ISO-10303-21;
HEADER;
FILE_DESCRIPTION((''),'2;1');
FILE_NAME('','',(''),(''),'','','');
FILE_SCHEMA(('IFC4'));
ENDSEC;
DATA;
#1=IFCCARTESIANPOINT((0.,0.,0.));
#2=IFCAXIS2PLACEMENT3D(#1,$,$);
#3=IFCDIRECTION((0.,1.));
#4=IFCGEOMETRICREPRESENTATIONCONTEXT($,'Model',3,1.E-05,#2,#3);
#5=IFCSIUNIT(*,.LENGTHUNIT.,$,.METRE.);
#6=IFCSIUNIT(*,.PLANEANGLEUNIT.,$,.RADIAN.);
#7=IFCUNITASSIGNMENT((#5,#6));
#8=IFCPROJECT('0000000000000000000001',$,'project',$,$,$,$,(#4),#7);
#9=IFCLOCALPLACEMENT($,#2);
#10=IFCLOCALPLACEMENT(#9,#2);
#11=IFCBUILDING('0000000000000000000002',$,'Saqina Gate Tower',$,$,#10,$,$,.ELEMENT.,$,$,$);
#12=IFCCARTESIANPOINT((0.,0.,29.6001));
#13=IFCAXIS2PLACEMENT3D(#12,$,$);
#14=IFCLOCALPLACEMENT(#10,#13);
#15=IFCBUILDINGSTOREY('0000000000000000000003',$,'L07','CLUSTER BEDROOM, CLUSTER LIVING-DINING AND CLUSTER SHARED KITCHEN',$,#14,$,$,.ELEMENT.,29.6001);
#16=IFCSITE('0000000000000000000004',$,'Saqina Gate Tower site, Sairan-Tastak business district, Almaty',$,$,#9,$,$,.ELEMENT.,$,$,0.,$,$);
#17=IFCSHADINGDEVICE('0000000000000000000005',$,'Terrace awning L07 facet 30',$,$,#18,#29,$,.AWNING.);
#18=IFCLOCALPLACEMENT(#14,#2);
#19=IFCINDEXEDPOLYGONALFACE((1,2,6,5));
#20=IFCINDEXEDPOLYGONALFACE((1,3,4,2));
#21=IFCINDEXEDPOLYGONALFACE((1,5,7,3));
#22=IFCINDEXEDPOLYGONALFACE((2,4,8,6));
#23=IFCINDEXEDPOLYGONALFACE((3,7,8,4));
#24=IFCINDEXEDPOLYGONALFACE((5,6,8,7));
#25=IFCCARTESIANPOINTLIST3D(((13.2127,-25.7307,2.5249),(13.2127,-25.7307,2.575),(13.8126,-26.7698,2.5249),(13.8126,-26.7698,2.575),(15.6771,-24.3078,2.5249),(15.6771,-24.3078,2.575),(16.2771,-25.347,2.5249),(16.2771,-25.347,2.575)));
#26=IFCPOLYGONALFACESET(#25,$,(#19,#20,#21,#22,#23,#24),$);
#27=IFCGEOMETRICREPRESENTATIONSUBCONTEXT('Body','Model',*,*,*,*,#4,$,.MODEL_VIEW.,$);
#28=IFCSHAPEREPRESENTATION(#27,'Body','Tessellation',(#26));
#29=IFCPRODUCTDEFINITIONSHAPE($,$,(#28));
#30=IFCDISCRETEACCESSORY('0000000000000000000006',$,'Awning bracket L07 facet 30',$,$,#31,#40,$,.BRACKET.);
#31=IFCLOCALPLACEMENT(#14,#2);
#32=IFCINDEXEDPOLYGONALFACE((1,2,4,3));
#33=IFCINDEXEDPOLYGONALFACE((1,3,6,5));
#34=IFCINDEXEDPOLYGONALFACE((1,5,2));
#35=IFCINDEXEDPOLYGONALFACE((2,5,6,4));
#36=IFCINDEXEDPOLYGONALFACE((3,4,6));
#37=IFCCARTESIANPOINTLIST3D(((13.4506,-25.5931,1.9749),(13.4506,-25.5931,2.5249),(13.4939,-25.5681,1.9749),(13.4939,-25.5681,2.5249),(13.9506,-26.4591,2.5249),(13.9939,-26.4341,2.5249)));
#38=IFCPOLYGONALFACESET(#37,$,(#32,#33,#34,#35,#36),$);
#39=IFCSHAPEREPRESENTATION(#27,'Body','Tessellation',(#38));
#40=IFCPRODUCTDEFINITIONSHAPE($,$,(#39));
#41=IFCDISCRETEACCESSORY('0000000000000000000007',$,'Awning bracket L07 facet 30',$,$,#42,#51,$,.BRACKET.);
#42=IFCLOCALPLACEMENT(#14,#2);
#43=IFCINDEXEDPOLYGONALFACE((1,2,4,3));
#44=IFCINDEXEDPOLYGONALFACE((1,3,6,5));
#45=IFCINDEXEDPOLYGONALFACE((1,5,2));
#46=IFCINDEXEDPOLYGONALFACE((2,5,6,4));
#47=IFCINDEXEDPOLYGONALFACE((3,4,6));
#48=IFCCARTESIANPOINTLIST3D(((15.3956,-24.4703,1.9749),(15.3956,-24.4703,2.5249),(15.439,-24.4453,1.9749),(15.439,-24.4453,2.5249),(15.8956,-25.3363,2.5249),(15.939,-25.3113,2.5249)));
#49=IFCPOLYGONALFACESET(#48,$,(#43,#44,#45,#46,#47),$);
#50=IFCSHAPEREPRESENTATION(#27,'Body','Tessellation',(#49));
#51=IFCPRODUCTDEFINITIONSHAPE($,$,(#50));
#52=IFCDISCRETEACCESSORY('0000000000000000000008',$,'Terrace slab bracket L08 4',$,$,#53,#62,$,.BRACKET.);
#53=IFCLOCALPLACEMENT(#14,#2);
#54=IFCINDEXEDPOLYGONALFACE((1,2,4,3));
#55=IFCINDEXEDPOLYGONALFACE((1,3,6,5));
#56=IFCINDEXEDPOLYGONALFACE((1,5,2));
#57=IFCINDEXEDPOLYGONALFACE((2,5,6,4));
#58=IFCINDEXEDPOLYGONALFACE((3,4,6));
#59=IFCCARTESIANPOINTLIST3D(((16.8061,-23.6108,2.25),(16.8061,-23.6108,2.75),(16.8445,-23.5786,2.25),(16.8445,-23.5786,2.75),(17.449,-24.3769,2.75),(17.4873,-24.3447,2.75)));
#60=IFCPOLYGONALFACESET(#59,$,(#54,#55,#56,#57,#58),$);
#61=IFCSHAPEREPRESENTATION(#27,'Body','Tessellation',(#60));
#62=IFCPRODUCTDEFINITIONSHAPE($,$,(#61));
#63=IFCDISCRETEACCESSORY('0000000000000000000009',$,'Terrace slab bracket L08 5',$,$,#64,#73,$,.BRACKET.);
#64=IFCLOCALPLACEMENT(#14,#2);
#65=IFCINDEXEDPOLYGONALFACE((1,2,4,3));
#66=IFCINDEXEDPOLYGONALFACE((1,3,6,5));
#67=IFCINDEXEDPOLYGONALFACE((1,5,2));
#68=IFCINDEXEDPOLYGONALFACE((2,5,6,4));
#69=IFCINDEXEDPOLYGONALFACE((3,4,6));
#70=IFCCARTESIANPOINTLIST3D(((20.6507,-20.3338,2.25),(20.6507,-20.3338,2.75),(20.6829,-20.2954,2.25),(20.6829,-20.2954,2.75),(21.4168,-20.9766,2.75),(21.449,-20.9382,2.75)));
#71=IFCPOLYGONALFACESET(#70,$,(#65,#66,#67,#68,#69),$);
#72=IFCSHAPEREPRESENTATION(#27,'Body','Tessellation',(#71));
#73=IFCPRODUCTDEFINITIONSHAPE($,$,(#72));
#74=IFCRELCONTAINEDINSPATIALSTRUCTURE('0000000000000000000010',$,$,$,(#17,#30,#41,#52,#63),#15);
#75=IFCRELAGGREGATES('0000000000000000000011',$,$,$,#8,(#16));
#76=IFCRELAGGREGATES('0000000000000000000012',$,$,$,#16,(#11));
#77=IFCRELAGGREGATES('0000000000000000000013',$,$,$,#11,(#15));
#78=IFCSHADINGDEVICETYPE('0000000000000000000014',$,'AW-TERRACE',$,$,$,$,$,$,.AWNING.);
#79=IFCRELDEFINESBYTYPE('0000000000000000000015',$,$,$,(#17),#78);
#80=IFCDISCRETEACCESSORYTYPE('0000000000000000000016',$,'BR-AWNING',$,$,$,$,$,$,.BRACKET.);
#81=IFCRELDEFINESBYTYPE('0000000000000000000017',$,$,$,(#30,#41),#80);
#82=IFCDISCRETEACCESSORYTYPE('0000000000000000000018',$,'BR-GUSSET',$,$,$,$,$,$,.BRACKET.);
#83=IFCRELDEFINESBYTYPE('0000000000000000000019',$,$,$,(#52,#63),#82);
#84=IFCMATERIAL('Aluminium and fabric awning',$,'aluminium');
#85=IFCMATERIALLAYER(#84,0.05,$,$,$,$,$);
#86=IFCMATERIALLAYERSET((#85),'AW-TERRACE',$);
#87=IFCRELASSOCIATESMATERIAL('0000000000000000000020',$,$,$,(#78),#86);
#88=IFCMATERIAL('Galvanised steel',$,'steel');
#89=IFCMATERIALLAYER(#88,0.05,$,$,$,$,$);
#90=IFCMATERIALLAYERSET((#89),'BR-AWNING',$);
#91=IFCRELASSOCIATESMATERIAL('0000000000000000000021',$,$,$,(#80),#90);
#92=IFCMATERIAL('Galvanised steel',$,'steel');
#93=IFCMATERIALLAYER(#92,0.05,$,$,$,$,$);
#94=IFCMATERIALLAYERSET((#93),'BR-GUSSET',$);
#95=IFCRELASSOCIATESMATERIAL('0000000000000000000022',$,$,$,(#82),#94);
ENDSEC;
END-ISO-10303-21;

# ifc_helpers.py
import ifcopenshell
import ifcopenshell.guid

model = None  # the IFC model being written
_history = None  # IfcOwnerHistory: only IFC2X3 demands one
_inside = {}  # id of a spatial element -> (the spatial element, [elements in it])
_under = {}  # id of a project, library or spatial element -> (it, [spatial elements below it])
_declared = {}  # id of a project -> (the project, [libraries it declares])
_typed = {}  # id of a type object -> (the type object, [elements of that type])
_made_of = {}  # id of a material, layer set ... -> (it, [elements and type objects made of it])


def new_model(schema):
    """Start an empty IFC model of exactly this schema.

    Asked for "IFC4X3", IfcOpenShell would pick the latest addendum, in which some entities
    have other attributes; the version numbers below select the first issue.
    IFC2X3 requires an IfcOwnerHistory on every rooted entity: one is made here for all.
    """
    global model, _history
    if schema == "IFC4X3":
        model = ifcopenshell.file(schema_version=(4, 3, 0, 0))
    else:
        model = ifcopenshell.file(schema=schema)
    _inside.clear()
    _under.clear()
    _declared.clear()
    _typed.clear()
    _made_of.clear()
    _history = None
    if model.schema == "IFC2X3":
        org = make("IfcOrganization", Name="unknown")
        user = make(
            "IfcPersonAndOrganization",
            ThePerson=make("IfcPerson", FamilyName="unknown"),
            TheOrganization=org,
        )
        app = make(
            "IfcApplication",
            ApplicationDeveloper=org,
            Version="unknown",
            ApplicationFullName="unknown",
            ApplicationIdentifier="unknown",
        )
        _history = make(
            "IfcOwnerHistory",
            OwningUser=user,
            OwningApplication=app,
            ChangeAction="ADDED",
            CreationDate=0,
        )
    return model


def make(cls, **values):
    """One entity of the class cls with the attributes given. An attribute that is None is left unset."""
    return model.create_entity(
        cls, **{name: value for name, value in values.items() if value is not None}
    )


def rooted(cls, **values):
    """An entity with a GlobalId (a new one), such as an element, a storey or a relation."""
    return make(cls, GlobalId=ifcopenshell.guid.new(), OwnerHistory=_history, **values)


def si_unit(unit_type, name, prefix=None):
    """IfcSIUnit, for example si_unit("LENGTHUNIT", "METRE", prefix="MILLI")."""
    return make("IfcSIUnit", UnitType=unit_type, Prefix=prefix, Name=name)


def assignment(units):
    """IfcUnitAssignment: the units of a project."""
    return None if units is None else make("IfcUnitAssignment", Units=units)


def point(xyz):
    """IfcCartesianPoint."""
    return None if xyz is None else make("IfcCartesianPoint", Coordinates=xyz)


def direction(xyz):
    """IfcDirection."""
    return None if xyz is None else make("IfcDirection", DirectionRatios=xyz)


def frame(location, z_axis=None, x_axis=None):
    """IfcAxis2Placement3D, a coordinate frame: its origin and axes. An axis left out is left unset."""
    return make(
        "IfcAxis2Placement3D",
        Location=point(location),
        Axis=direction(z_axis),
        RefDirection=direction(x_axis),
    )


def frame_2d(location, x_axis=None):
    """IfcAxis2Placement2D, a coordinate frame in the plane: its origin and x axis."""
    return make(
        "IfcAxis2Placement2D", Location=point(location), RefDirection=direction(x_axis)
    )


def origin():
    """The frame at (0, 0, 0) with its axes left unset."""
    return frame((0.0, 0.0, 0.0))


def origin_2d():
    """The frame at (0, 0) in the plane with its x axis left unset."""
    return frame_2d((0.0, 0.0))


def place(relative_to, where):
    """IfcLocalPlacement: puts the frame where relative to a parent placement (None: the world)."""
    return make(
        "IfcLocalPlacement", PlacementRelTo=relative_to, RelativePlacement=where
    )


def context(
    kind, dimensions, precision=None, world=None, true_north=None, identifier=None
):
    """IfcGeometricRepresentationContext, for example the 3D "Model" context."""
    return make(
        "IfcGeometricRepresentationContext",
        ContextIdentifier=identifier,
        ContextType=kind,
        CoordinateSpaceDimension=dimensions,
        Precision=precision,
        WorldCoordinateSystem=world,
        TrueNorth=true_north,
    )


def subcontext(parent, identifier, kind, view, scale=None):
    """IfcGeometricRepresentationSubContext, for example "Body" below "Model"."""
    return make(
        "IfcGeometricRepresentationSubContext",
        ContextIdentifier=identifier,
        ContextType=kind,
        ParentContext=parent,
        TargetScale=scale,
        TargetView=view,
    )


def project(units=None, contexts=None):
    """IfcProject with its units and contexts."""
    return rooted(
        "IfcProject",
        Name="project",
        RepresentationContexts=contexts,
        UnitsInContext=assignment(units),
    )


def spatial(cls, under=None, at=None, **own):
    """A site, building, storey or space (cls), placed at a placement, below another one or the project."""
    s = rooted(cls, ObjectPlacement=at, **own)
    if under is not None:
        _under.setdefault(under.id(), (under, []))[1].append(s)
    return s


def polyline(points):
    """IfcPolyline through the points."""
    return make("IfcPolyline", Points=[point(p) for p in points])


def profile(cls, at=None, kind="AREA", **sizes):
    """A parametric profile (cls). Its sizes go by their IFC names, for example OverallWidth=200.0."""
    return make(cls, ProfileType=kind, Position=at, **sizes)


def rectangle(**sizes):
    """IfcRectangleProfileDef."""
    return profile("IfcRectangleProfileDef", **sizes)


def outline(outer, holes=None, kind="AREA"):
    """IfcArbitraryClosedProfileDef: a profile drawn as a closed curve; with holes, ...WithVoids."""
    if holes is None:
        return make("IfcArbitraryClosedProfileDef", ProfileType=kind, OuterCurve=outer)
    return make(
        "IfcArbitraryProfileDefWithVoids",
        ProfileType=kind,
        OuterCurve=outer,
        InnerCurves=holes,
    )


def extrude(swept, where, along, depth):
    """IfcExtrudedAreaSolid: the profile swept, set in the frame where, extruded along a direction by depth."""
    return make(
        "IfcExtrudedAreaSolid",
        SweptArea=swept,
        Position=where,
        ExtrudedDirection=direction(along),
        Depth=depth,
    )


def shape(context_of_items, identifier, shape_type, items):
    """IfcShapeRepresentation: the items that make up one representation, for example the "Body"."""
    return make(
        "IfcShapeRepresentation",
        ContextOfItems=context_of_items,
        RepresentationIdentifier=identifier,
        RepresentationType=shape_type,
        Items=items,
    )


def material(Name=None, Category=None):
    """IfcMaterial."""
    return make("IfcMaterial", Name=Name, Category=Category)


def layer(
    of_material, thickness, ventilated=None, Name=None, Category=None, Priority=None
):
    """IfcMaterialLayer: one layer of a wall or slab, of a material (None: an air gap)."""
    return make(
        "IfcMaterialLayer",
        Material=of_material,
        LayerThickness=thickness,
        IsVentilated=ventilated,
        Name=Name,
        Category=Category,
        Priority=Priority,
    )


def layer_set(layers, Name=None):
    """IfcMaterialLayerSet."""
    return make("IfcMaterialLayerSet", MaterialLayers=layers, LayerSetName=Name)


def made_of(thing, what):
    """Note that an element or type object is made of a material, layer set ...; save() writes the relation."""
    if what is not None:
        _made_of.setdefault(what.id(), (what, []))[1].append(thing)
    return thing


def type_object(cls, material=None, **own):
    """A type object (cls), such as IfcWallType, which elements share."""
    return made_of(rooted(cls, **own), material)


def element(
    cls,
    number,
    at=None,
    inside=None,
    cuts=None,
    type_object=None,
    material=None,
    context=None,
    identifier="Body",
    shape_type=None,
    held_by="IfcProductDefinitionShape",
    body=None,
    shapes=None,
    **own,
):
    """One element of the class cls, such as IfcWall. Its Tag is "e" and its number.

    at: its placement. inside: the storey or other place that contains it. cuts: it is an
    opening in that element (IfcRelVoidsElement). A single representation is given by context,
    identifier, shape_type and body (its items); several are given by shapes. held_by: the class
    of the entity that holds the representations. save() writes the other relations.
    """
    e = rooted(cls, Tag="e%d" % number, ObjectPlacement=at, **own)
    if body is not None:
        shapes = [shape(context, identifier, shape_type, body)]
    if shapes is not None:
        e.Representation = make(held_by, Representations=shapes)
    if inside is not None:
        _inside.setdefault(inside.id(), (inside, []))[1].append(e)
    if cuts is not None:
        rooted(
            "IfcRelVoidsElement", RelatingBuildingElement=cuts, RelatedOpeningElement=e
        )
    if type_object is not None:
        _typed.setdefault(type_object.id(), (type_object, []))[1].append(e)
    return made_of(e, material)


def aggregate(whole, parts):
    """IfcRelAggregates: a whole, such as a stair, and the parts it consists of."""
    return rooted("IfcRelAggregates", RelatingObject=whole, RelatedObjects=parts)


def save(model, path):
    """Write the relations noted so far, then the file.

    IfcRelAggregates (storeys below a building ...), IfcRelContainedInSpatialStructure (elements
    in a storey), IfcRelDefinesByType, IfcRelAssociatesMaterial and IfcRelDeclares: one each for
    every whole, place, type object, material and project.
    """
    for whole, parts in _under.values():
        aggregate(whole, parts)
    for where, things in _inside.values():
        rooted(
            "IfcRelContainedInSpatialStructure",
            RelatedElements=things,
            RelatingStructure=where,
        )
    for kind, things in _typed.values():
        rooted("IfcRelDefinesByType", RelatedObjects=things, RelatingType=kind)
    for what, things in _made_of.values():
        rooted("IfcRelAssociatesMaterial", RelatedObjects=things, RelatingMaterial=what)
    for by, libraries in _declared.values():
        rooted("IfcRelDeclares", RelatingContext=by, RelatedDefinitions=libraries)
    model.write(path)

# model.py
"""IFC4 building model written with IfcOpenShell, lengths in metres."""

from ifc_helpers import new_model, si_unit, direction, frame, origin, origin_2d, place, context, subcontext, project, spatial, polyline, rectangle, outline, extrude, material, layer, layer_set, type_object, element, save


model = new_model("IFC4")

# Units and contexts
model_context = context("Model", 3, precision=1e-05, world=origin(), true_north=direction((0.0, 1.0)))
body_context = subcontext(model_context, "Body", "Model", "MODEL_VIEW")
ifc_project = project(units=[si_unit("LENGTHUNIT", "METRE"), si_unit("PLANEANGLEUNIT", "RADIAN")], contexts=[model_context])

# Site, building, storey
site_placement = place(None, origin())
site = spatial("IfcSite", under=ifc_project, at=site_placement, Name="Saqina Gate Tower site, Sairan-Tastak business district, Almaty", CompositionType="ELEMENT", RefElevation=0.0)
building_placement = place(site_placement, origin())
building = spatial("IfcBuilding", under=site, at=building_placement, Name="Saqina Gate Tower", CompositionType="ELEMENT")
storey_placement = place(building_placement, frame((0.0, 0.0, 29.6001)))
storey = spatial("IfcBuildingStorey", under=building, at=storey_placement, Name="L07", Description="CLUSTER BEDROOM, CLUSTER LIVING-DINING AND CLUSTER SHARED KITCHEN", CompositionType="ELEMENT", Elevation=29.6001)

# Shading device
ifc_material_1 = material(Name="Aluminium and fabric awning", Category="aluminium")
ifc_layer_1 = layer(ifc_material_1, 0.05)
ifc_layer_set_1 = layer_set([ifc_layer_1], Name="AW-TERRACE")
shading_device_type = type_object("IfcShadingDeviceType", Name="AW-TERRACE", PredefinedType="AWNING", material=ifc_layer_set_1)
shading_device_placement = place(storey_placement, frame((14.7449, -25.5388, 2.5249), z_axis=(0.0, 0.0, 1.0), x_axis=(0.866025, 0.5, 0.0)))
element("IfcShadingDevice", 1, at=shading_device_placement, inside=storey, type_object=shading_device_type, Name="Terrace awning L07 facet 30", PredefinedType="AWNING", context=body_context, shape_type="SweptSolid", body=[
    extrude(rectangle(XDim=2.8457, YDim=1.2, at=origin_2d()), origin(), (0.0, 0.0, 1.0), 0.05),
])

# Discrete accessories
ifc_material_2 = material(Name="Galvanised steel", Category="steel")
ifc_layer_2 = layer(ifc_material_2, 0.05)
ifc_layer_set_2 = layer_set([ifc_layer_2], Name="BR-AWNING")
discrete_accessory_type_1 = type_object("IfcDiscreteAccessoryType", Name="BR-AWNING", PredefinedType="BRACKET", material=ifc_layer_set_2)
for number, where, z_axis, x_axis, name in (
    (2, (13.4939, -25.5681, 1.9749), (0.866011, 0.500025, 0.0), (0.0, 0.0, 1.0), "Awning bracket L07 facet 30"),
    (3, (15.439, -24.4453, 1.9749), (0.866011, 0.500025, 0.0), (0.0, 0.0, 1.0), "Awning bracket L07 facet 30"),
):
    element("IfcDiscreteAccessory", number, at=place(storey_placement, frame(where, z_axis=z_axis, x_axis=x_axis)), inside=storey, type_object=discrete_accessory_type_1, Name=name, PredefinedType="BRACKET", context=body_context, shape_type="SweptSolid", body=[
        extrude(outline(polyline([(0.0, 0.0), (0.55, 0.0), (0.55, 0.9999), (0.0, 0.0)])), origin(), (0.0, 0.0, -1.0), 0.05),
    ])
ifc_material_3 = material(Name="Galvanised steel", Category="steel")
ifc_layer_3 = layer(ifc_material_3, 0.05)
ifc_layer_set_3 = layer_set([ifc_layer_3], Name="BR-GUSSET")
discrete_accessory_type_2 = type_object("IfcDiscreteAccessoryType", Name="BR-GUSSET", PredefinedType="BRACKET", material=ifc_layer_set_3)
for number, where, z_axis, x_axis, name in (
    (4, (16.8445, -23.5786, 2.25), (0.766056, 0.642774, 0.0), (0.0, 0.0, 1.0), "Terrace slab bracket L08 4"),
    (5, (20.6829, -20.2954, 2.25), (0.642774, 0.766056, 0.0), (0.0, 0.0, 1.0), "Terrace slab bracket L08 5"),
):
    element("IfcDiscreteAccessory", number, at=place(storey_placement, frame(where, z_axis=z_axis, x_axis=x_axis)), inside=storey, type_object=discrete_accessory_type_2, Name=name, PredefinedType="BRACKET", context=body_context, shape_type="SweptSolid", body=[
        extrude(outline(polyline([(0.0, 0.0), (0.5, 0.0), (0.5, 1.0001), (0.0, 0.0)])), origin(), (0.0, 0.0, -1.0), 0.05),
    ])

save(model, "model.ifc")
